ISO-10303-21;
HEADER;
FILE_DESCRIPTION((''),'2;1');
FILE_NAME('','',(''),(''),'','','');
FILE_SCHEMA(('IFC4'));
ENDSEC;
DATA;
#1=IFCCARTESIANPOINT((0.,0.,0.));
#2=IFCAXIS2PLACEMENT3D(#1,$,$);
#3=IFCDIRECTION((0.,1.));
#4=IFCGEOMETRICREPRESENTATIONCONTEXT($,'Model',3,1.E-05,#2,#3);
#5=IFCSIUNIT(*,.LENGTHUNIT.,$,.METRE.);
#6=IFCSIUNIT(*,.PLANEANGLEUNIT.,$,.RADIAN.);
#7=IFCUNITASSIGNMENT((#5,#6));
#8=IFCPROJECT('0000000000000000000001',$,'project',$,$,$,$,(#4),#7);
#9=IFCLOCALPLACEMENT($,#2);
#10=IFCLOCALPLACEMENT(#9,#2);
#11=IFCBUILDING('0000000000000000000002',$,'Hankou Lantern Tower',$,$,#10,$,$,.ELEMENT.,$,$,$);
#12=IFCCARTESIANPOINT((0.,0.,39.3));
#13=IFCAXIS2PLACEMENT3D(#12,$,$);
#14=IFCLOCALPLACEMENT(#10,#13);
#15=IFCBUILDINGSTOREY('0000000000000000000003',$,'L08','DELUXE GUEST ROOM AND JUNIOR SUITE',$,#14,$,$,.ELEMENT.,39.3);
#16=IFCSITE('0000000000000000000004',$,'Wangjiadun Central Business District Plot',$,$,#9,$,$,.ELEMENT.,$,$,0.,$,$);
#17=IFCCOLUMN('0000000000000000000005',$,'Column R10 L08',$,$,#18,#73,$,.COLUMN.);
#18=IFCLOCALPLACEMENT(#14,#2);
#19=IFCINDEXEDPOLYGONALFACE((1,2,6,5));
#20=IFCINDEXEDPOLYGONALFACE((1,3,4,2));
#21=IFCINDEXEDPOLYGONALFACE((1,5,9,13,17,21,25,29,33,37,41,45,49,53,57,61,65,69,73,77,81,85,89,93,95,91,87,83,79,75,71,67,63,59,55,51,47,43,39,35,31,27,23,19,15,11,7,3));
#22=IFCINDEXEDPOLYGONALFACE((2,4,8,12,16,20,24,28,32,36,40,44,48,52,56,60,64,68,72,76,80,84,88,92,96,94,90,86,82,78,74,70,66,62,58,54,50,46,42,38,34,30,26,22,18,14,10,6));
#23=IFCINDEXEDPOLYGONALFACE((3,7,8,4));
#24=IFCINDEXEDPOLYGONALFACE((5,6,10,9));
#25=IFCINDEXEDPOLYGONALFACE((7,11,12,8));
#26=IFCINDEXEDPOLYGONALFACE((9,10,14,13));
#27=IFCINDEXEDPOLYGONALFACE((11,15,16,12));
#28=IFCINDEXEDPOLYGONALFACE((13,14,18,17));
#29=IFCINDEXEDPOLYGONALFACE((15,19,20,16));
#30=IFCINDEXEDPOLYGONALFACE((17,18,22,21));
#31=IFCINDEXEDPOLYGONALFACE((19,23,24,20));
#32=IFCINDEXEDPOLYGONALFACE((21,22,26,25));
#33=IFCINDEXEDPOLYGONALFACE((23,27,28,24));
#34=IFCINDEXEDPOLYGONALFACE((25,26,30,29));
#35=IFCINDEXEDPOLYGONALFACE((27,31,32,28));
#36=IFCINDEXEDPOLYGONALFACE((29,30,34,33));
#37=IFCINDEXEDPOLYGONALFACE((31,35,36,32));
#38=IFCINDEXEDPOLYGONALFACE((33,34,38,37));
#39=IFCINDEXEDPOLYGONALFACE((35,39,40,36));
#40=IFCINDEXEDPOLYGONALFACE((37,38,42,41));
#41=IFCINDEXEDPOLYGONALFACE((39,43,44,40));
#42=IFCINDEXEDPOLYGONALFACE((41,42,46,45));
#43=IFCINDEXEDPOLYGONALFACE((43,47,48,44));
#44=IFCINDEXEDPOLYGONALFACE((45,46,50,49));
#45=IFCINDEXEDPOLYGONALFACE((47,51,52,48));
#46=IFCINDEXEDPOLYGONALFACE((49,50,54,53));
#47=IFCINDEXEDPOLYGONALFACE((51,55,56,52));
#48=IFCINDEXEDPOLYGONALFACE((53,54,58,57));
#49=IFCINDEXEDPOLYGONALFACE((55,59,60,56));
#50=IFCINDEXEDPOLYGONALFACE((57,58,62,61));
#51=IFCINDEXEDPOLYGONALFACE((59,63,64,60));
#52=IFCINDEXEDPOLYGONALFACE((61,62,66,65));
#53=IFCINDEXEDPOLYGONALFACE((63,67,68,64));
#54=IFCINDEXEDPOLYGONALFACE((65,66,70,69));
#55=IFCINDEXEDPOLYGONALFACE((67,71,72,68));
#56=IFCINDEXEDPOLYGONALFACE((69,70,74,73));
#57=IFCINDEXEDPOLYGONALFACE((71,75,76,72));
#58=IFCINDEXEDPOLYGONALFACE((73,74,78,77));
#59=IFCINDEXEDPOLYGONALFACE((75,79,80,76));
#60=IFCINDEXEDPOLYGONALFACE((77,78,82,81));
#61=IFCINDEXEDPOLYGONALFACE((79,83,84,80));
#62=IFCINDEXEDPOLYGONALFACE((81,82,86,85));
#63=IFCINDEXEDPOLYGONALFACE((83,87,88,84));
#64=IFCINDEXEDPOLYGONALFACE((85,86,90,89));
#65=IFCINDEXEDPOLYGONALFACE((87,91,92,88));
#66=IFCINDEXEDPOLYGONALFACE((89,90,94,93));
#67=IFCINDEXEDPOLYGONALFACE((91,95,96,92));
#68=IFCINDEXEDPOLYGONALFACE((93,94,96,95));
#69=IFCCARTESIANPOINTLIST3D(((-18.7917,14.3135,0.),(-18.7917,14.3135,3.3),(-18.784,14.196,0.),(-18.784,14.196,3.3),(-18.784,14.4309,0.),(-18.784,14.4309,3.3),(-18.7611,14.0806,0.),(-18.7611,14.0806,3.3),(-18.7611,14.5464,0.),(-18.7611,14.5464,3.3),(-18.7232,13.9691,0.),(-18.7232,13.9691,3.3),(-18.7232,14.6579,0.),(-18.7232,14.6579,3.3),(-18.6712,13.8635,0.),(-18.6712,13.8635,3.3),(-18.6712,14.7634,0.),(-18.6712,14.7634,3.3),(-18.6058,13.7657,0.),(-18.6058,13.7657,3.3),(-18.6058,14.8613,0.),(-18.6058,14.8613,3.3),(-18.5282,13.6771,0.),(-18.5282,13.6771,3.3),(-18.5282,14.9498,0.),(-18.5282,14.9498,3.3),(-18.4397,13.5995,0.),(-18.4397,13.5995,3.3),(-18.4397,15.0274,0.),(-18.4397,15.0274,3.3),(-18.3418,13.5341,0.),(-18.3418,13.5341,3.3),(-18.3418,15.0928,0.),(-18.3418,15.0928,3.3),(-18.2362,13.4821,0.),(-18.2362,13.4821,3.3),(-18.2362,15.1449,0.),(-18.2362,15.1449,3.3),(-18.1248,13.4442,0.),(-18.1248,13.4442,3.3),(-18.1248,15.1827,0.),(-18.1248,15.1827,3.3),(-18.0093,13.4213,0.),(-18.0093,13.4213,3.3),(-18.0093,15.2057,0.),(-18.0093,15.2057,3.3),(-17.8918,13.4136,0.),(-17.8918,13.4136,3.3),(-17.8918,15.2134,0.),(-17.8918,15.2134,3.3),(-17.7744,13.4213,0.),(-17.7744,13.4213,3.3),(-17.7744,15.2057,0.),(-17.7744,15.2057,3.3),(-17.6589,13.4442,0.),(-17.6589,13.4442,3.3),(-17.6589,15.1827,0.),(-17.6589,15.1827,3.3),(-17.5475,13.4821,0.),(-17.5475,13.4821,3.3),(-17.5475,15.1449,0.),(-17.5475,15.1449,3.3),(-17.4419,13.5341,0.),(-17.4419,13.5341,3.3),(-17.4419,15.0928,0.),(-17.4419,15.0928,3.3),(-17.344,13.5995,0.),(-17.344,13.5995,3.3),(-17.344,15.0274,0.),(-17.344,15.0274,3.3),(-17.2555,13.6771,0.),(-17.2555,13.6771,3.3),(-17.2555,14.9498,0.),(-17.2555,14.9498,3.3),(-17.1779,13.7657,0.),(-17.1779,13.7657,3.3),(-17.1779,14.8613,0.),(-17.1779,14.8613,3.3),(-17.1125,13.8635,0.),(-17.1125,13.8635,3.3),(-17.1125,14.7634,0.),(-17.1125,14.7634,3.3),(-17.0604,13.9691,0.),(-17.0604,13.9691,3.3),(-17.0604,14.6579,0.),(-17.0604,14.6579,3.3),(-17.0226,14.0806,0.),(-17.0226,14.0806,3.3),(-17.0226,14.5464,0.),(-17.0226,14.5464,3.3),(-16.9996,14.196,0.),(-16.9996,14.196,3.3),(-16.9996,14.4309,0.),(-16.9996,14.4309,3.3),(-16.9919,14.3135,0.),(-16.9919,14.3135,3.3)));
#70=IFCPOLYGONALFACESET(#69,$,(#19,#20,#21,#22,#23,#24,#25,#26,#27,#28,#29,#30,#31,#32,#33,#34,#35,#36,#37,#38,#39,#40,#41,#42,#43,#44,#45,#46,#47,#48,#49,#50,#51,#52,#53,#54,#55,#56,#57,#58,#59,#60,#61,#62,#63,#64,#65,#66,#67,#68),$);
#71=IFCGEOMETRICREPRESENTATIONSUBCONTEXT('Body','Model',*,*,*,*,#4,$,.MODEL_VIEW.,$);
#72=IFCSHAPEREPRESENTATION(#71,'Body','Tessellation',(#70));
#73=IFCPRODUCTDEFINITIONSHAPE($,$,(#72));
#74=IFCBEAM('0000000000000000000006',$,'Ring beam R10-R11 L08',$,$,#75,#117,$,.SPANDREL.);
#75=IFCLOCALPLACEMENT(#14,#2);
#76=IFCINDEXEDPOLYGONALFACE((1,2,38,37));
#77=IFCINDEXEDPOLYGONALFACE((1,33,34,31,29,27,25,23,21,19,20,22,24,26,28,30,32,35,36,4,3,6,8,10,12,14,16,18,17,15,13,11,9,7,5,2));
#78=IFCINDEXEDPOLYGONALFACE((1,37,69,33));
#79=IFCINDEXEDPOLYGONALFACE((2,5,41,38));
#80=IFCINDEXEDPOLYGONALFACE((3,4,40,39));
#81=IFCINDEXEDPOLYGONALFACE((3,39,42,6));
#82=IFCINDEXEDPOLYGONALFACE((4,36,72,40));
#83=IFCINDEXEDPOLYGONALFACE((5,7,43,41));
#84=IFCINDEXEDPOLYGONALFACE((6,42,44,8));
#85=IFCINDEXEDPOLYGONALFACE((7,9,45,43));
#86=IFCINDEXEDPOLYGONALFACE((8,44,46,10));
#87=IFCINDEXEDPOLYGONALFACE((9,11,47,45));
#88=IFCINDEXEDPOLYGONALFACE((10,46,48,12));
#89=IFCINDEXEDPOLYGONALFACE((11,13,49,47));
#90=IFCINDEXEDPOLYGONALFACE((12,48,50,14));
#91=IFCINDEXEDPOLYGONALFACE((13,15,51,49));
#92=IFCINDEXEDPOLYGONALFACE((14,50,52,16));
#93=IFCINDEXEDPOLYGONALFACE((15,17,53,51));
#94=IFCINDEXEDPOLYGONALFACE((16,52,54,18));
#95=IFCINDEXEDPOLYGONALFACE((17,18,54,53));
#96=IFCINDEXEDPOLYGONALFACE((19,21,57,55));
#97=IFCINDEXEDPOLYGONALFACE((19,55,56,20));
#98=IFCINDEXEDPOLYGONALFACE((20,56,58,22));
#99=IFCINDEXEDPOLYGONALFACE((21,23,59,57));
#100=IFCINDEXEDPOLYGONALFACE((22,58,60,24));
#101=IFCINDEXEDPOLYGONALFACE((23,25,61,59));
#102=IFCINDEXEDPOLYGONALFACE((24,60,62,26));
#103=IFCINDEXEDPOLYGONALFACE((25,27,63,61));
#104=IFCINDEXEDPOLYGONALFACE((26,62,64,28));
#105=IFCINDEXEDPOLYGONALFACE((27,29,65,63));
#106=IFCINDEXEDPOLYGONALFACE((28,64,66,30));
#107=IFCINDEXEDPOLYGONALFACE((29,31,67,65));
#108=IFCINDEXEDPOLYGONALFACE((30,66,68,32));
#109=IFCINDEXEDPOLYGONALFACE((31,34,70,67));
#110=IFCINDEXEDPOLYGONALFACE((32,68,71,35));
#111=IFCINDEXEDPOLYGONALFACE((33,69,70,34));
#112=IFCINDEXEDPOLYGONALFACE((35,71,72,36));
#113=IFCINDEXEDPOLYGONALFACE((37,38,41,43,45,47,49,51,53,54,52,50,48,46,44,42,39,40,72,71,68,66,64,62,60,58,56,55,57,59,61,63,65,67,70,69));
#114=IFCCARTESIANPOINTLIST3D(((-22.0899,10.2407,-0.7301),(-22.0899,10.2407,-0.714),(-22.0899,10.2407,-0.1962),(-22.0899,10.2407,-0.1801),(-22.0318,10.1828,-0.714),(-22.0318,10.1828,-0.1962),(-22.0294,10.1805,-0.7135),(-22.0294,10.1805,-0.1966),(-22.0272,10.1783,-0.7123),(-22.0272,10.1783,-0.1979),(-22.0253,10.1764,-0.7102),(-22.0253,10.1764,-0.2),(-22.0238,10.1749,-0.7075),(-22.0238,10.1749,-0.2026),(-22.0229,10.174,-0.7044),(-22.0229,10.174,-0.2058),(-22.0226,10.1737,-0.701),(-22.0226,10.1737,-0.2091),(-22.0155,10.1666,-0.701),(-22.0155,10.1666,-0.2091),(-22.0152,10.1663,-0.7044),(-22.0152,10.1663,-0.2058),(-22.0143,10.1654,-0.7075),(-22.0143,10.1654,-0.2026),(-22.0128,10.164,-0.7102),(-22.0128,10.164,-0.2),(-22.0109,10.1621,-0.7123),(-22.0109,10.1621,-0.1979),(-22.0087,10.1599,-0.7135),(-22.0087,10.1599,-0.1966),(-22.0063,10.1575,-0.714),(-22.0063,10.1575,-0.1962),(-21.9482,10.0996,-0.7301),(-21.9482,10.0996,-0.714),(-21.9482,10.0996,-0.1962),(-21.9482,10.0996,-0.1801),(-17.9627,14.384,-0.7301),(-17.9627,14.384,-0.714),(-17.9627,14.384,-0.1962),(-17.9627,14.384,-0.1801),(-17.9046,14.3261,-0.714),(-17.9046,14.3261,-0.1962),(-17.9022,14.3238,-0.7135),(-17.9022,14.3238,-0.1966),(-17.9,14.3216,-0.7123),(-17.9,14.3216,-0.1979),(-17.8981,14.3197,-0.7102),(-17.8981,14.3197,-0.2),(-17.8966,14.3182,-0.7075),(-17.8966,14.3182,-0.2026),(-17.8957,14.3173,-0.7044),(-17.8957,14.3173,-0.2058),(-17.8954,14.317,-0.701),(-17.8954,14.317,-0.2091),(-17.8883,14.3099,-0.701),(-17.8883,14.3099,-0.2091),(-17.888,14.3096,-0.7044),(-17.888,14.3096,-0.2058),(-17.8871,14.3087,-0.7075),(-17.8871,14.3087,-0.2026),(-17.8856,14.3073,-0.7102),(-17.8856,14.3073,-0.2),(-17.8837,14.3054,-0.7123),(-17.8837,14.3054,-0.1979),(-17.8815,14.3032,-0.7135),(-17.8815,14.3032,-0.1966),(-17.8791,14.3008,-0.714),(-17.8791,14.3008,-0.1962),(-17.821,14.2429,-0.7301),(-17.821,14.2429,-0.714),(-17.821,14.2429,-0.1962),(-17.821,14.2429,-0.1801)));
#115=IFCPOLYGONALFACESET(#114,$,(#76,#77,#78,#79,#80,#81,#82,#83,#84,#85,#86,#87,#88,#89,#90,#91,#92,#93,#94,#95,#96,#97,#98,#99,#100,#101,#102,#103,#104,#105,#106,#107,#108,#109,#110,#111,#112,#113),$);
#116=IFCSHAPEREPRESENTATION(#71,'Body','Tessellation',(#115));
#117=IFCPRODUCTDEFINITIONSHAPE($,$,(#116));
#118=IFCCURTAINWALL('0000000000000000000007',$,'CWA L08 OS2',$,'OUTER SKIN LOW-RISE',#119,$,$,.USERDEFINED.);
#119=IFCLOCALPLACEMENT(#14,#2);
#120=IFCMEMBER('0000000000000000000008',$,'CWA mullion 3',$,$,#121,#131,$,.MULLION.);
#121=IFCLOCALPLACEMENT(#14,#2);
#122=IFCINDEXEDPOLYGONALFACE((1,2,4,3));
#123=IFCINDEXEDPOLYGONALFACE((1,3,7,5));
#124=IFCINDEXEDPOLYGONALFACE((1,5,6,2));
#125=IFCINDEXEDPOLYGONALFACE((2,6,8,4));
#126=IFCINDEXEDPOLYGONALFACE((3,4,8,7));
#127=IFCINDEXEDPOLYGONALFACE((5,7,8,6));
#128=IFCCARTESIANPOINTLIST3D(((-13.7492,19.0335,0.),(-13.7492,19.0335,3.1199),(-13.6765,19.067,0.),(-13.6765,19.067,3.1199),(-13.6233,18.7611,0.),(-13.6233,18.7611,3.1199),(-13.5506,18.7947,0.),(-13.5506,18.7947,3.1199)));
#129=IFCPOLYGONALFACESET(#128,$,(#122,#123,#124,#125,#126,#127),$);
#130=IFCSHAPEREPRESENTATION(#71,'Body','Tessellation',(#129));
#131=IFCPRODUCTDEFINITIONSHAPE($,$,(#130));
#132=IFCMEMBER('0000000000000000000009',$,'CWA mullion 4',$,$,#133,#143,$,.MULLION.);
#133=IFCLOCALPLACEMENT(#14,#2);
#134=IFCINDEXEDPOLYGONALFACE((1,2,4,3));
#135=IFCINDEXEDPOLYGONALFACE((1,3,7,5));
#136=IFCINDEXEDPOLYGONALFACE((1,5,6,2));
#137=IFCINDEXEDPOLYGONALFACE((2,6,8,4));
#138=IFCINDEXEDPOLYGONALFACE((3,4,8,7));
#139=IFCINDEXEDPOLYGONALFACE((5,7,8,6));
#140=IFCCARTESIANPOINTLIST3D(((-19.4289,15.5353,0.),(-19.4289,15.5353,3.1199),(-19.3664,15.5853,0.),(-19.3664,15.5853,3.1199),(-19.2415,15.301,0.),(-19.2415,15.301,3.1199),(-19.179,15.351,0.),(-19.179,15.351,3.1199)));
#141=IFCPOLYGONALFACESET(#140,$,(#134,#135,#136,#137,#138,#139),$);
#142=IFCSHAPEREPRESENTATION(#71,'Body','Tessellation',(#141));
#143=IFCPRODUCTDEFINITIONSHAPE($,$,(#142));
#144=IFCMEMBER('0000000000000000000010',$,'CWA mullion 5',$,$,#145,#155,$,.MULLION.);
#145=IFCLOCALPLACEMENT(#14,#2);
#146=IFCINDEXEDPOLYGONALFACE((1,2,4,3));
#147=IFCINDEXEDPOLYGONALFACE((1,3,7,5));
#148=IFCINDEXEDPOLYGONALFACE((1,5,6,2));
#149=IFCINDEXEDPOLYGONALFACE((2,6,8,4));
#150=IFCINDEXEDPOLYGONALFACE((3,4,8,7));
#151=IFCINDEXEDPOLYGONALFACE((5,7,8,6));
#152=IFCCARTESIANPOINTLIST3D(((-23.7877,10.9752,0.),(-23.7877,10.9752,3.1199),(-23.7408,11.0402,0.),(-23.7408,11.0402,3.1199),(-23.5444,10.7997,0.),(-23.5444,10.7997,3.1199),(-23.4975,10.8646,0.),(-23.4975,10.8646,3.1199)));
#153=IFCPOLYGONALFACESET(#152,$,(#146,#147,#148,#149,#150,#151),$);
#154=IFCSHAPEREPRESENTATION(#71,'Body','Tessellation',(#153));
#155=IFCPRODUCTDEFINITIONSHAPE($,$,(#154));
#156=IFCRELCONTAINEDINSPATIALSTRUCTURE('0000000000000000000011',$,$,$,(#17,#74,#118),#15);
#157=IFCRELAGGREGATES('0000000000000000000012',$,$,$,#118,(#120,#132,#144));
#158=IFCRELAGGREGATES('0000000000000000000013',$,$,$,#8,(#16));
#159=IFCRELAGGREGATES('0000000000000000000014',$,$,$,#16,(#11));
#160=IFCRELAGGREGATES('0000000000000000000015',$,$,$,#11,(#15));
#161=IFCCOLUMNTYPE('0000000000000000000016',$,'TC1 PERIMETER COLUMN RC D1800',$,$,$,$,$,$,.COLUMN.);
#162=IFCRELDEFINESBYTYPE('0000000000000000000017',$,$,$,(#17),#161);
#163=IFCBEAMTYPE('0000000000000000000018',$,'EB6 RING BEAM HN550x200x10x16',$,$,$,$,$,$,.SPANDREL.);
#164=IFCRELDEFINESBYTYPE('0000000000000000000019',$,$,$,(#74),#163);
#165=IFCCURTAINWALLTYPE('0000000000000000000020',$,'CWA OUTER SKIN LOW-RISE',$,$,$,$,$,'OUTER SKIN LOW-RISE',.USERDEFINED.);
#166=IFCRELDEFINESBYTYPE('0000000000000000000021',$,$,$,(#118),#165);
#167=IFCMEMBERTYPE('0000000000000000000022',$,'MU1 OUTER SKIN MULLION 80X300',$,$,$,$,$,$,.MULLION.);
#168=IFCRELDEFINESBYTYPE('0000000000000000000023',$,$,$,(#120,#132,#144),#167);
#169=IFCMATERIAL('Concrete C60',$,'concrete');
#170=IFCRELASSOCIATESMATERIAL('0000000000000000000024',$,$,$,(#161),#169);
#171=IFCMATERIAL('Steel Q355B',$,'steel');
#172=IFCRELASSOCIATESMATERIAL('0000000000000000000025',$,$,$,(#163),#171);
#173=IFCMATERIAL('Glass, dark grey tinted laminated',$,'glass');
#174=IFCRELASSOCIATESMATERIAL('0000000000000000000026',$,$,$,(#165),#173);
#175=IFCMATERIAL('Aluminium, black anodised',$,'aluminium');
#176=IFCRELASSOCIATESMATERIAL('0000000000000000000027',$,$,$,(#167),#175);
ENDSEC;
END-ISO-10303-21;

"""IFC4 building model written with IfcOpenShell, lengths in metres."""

from ifc_helpers import new_model, si_unit, direction, frame, origin, origin_2d, place, context, subcontext, project, spatial, rectangle, circle, i_section, extrude, material, material_profile, profile_set, type_object, element, aggregate, save


model = new_model("IFC4")

# Units and contexts
model_context = context("Model", 3, precision=1e-05, world=origin(), true_north=direction((0.0, 1.0)))
body_context = subcontext(model_context, "Body", "Model", "MODEL_VIEW")
ifc_project = project(units=[si_unit("LENGTHUNIT", "METRE"), si_unit("PLANEANGLEUNIT", "RADIAN")], contexts=[model_context])

# Site, building, storey
site_placement = place(None, origin())
site = spatial("IfcSite", under=ifc_project, at=site_placement, Name="Wangjiadun Central Business District Plot", CompositionType="ELEMENT", RefElevation=0.0)
building_placement = place(site_placement, origin())
building = spatial("IfcBuilding", under=site, at=building_placement, Name="Hankou Lantern Tower", CompositionType="ELEMENT")
storey_placement = place(building_placement, frame((0.0, 0.0, 39.3)))
storey = spatial("IfcBuildingStorey", under=building, at=storey_placement, Name="L08", Description="DELUXE GUEST ROOM AND JUNIOR SUITE", CompositionType="ELEMENT", Elevation=39.3)

# Column
ifc_material_1 = material(Name="Concrete C60", Category="concrete")
ifc_material_profile_1 = material_profile(ifc_material_1, circle(Radius=0.8999, at=origin_2d()), Name="RC D1800")
ifc_profile_set_1 = profile_set([ifc_material_profile_1], Name="Concrete C60")
column_type = type_object("IfcColumnType", Name="TC1 PERIMETER COLUMN RC D1800", PredefinedType="COLUMN", material=ifc_profile_set_1)
column_placement = place(storey_placement, frame((-17.8918, 14.3135, 0.0), z_axis=(0.0, 0.0, 1.0), x_axis=(1.0, 0.0, 0.0)))
element("IfcColumn", 1, at=column_placement, inside=storey, type_object=column_type, Name="Column R10 L08", PredefinedType="COLUMN", context=body_context, shape_type="SweptSolid", body=[
    extrude(circle(Radius=0.8999, at=origin_2d()), origin(), (0.0, 0.0, 1.0), 3.3),
])

# Beam
ifc_material_2 = material(Name="Steel Q355B", Category="steel")
ifc_material_profile_2 = material_profile(ifc_material_2, i_section(OverallWidth=0.2, OverallDepth=0.55, WebThickness=0.01, FlangeThickness=0.0161, FilletRadius=0.0129, at=origin_2d()), Name="HN550x200x10x16")
ifc_profile_set_2 = profile_set([ifc_material_profile_2], Name="Steel Q355B")
beam_type_1 = type_object("IfcBeamType", Name="EB6 RING BEAM HN550x200x10x16", PredefinedType="SPANDREL", material=ifc_profile_set_2)
beam_1_placement = place(storey_placement, frame((-17.8918, 14.3135, -0.4551), z_axis=(-0.705728, -0.708483, 0.0), x_axis=(0.708483, -0.705728, 0.0)))
element("IfcBeam", 2, at=beam_1_placement, inside=storey, type_object=beam_type_1, Name="Ring beam R10-R11 L08", PredefinedType="SPANDREL", context=body_context, shape_type="SweptSolid", body=[
    extrude(i_section(OverallWidth=0.2, OverallDepth=0.55, WebThickness=0.01, FlangeThickness=0.0161, FilletRadius=0.0129, at=origin_2d()), origin(), (0.0, 0.0, 1.0), 5.8481),
])

# Curtain wall, members
ifc_material_3 = material(Name="Glass, dark grey tinted laminated", Category="glass")
curtain_wall_type = type_object("IfcCurtainWallType", Name="CWA OUTER SKIN LOW-RISE", ElementType="OUTER SKIN LOW-RISE", PredefinedType="USERDEFINED", material=ifc_material_3)
curtain_wall_placement = place(storey_placement, origin())
curtain_wall = element("IfcCurtainWall", 3, at=curtain_wall_placement, inside=storey, type_object=curtain_wall_type, Name="CWA L08 OS2", ObjectType="OUTER SKIN LOW-RISE", PredefinedType="USERDEFINED")
ifc_material_4 = material(Name="Aluminium, black anodised", Category="aluminium")
ifc_material_profile_3 = material_profile(ifc_material_4, rectangle(XDim=0.0801, YDim=0.3, at=origin_2d()), Name="MU1 80X300")
ifc_profile_set_3 = profile_set([ifc_material_profile_3], Name="Aluminium, black anodised")
member_type_1 = type_object("IfcMemberType", Name="MU1 OUTER SKIN MULLION 80X300", PredefinedType="MULLION", material=ifc_profile_set_3)
member_1_placement = place(storey_placement, frame((-13.6499, 18.9141, 0.0), z_axis=(0.0, 0.0, 1.0), x_axis=(-0.907841, -0.419314, 0.0)))
member_1 = element("IfcMember", 4, at=member_1_placement, type_object=member_type_1, Name="CWA mullion 3", PredefinedType="MULLION", context=body_context, shape_type="SweptSolid", body=[
    extrude(rectangle(XDim=0.0801, YDim=0.3, at=origin_2d()), origin(), (0.0, 0.0, 1.0), 3.1199),
])
member_2_placement = place(storey_placement, frame((-19.304, 15.4431, 0.0), z_axis=(0.0, 0.0, 1.0), x_axis=(-0.780869, -0.624695, 0.0)))
member_2 = element("IfcMember", 5, at=member_2_placement, type_object=member_type_1, Name="CWA mullion 4", PredefinedType="MULLION", context=body_context, shape_type="SweptSolid", body=[
    extrude(rectangle(XDim=0.0801, YDim=0.3, at=origin_2d()), origin(), (0.0, 0.0, 1.0), 3.1199),
])
member_3_placement = place(storey_placement, frame((-23.6426, 10.9199, 0.0), z_axis=(0.0, 0.0, 1.0), x_axis=(-0.585206, -0.810885, 0.0)))
member_3 = element("IfcMember", 6, at=member_3_placement, type_object=member_type_1, Name="CWA mullion 5", PredefinedType="MULLION", context=body_context, shape_type="SweptSolid", body=[
    extrude(rectangle(XDim=0.0801, YDim=0.3, at=origin_2d()), origin(), (0.0, 0.0, 1.0), 3.1199),
])

aggregate(curtain_wall, [member_1, member_2, member_3])

save(model, "model.ifc")
